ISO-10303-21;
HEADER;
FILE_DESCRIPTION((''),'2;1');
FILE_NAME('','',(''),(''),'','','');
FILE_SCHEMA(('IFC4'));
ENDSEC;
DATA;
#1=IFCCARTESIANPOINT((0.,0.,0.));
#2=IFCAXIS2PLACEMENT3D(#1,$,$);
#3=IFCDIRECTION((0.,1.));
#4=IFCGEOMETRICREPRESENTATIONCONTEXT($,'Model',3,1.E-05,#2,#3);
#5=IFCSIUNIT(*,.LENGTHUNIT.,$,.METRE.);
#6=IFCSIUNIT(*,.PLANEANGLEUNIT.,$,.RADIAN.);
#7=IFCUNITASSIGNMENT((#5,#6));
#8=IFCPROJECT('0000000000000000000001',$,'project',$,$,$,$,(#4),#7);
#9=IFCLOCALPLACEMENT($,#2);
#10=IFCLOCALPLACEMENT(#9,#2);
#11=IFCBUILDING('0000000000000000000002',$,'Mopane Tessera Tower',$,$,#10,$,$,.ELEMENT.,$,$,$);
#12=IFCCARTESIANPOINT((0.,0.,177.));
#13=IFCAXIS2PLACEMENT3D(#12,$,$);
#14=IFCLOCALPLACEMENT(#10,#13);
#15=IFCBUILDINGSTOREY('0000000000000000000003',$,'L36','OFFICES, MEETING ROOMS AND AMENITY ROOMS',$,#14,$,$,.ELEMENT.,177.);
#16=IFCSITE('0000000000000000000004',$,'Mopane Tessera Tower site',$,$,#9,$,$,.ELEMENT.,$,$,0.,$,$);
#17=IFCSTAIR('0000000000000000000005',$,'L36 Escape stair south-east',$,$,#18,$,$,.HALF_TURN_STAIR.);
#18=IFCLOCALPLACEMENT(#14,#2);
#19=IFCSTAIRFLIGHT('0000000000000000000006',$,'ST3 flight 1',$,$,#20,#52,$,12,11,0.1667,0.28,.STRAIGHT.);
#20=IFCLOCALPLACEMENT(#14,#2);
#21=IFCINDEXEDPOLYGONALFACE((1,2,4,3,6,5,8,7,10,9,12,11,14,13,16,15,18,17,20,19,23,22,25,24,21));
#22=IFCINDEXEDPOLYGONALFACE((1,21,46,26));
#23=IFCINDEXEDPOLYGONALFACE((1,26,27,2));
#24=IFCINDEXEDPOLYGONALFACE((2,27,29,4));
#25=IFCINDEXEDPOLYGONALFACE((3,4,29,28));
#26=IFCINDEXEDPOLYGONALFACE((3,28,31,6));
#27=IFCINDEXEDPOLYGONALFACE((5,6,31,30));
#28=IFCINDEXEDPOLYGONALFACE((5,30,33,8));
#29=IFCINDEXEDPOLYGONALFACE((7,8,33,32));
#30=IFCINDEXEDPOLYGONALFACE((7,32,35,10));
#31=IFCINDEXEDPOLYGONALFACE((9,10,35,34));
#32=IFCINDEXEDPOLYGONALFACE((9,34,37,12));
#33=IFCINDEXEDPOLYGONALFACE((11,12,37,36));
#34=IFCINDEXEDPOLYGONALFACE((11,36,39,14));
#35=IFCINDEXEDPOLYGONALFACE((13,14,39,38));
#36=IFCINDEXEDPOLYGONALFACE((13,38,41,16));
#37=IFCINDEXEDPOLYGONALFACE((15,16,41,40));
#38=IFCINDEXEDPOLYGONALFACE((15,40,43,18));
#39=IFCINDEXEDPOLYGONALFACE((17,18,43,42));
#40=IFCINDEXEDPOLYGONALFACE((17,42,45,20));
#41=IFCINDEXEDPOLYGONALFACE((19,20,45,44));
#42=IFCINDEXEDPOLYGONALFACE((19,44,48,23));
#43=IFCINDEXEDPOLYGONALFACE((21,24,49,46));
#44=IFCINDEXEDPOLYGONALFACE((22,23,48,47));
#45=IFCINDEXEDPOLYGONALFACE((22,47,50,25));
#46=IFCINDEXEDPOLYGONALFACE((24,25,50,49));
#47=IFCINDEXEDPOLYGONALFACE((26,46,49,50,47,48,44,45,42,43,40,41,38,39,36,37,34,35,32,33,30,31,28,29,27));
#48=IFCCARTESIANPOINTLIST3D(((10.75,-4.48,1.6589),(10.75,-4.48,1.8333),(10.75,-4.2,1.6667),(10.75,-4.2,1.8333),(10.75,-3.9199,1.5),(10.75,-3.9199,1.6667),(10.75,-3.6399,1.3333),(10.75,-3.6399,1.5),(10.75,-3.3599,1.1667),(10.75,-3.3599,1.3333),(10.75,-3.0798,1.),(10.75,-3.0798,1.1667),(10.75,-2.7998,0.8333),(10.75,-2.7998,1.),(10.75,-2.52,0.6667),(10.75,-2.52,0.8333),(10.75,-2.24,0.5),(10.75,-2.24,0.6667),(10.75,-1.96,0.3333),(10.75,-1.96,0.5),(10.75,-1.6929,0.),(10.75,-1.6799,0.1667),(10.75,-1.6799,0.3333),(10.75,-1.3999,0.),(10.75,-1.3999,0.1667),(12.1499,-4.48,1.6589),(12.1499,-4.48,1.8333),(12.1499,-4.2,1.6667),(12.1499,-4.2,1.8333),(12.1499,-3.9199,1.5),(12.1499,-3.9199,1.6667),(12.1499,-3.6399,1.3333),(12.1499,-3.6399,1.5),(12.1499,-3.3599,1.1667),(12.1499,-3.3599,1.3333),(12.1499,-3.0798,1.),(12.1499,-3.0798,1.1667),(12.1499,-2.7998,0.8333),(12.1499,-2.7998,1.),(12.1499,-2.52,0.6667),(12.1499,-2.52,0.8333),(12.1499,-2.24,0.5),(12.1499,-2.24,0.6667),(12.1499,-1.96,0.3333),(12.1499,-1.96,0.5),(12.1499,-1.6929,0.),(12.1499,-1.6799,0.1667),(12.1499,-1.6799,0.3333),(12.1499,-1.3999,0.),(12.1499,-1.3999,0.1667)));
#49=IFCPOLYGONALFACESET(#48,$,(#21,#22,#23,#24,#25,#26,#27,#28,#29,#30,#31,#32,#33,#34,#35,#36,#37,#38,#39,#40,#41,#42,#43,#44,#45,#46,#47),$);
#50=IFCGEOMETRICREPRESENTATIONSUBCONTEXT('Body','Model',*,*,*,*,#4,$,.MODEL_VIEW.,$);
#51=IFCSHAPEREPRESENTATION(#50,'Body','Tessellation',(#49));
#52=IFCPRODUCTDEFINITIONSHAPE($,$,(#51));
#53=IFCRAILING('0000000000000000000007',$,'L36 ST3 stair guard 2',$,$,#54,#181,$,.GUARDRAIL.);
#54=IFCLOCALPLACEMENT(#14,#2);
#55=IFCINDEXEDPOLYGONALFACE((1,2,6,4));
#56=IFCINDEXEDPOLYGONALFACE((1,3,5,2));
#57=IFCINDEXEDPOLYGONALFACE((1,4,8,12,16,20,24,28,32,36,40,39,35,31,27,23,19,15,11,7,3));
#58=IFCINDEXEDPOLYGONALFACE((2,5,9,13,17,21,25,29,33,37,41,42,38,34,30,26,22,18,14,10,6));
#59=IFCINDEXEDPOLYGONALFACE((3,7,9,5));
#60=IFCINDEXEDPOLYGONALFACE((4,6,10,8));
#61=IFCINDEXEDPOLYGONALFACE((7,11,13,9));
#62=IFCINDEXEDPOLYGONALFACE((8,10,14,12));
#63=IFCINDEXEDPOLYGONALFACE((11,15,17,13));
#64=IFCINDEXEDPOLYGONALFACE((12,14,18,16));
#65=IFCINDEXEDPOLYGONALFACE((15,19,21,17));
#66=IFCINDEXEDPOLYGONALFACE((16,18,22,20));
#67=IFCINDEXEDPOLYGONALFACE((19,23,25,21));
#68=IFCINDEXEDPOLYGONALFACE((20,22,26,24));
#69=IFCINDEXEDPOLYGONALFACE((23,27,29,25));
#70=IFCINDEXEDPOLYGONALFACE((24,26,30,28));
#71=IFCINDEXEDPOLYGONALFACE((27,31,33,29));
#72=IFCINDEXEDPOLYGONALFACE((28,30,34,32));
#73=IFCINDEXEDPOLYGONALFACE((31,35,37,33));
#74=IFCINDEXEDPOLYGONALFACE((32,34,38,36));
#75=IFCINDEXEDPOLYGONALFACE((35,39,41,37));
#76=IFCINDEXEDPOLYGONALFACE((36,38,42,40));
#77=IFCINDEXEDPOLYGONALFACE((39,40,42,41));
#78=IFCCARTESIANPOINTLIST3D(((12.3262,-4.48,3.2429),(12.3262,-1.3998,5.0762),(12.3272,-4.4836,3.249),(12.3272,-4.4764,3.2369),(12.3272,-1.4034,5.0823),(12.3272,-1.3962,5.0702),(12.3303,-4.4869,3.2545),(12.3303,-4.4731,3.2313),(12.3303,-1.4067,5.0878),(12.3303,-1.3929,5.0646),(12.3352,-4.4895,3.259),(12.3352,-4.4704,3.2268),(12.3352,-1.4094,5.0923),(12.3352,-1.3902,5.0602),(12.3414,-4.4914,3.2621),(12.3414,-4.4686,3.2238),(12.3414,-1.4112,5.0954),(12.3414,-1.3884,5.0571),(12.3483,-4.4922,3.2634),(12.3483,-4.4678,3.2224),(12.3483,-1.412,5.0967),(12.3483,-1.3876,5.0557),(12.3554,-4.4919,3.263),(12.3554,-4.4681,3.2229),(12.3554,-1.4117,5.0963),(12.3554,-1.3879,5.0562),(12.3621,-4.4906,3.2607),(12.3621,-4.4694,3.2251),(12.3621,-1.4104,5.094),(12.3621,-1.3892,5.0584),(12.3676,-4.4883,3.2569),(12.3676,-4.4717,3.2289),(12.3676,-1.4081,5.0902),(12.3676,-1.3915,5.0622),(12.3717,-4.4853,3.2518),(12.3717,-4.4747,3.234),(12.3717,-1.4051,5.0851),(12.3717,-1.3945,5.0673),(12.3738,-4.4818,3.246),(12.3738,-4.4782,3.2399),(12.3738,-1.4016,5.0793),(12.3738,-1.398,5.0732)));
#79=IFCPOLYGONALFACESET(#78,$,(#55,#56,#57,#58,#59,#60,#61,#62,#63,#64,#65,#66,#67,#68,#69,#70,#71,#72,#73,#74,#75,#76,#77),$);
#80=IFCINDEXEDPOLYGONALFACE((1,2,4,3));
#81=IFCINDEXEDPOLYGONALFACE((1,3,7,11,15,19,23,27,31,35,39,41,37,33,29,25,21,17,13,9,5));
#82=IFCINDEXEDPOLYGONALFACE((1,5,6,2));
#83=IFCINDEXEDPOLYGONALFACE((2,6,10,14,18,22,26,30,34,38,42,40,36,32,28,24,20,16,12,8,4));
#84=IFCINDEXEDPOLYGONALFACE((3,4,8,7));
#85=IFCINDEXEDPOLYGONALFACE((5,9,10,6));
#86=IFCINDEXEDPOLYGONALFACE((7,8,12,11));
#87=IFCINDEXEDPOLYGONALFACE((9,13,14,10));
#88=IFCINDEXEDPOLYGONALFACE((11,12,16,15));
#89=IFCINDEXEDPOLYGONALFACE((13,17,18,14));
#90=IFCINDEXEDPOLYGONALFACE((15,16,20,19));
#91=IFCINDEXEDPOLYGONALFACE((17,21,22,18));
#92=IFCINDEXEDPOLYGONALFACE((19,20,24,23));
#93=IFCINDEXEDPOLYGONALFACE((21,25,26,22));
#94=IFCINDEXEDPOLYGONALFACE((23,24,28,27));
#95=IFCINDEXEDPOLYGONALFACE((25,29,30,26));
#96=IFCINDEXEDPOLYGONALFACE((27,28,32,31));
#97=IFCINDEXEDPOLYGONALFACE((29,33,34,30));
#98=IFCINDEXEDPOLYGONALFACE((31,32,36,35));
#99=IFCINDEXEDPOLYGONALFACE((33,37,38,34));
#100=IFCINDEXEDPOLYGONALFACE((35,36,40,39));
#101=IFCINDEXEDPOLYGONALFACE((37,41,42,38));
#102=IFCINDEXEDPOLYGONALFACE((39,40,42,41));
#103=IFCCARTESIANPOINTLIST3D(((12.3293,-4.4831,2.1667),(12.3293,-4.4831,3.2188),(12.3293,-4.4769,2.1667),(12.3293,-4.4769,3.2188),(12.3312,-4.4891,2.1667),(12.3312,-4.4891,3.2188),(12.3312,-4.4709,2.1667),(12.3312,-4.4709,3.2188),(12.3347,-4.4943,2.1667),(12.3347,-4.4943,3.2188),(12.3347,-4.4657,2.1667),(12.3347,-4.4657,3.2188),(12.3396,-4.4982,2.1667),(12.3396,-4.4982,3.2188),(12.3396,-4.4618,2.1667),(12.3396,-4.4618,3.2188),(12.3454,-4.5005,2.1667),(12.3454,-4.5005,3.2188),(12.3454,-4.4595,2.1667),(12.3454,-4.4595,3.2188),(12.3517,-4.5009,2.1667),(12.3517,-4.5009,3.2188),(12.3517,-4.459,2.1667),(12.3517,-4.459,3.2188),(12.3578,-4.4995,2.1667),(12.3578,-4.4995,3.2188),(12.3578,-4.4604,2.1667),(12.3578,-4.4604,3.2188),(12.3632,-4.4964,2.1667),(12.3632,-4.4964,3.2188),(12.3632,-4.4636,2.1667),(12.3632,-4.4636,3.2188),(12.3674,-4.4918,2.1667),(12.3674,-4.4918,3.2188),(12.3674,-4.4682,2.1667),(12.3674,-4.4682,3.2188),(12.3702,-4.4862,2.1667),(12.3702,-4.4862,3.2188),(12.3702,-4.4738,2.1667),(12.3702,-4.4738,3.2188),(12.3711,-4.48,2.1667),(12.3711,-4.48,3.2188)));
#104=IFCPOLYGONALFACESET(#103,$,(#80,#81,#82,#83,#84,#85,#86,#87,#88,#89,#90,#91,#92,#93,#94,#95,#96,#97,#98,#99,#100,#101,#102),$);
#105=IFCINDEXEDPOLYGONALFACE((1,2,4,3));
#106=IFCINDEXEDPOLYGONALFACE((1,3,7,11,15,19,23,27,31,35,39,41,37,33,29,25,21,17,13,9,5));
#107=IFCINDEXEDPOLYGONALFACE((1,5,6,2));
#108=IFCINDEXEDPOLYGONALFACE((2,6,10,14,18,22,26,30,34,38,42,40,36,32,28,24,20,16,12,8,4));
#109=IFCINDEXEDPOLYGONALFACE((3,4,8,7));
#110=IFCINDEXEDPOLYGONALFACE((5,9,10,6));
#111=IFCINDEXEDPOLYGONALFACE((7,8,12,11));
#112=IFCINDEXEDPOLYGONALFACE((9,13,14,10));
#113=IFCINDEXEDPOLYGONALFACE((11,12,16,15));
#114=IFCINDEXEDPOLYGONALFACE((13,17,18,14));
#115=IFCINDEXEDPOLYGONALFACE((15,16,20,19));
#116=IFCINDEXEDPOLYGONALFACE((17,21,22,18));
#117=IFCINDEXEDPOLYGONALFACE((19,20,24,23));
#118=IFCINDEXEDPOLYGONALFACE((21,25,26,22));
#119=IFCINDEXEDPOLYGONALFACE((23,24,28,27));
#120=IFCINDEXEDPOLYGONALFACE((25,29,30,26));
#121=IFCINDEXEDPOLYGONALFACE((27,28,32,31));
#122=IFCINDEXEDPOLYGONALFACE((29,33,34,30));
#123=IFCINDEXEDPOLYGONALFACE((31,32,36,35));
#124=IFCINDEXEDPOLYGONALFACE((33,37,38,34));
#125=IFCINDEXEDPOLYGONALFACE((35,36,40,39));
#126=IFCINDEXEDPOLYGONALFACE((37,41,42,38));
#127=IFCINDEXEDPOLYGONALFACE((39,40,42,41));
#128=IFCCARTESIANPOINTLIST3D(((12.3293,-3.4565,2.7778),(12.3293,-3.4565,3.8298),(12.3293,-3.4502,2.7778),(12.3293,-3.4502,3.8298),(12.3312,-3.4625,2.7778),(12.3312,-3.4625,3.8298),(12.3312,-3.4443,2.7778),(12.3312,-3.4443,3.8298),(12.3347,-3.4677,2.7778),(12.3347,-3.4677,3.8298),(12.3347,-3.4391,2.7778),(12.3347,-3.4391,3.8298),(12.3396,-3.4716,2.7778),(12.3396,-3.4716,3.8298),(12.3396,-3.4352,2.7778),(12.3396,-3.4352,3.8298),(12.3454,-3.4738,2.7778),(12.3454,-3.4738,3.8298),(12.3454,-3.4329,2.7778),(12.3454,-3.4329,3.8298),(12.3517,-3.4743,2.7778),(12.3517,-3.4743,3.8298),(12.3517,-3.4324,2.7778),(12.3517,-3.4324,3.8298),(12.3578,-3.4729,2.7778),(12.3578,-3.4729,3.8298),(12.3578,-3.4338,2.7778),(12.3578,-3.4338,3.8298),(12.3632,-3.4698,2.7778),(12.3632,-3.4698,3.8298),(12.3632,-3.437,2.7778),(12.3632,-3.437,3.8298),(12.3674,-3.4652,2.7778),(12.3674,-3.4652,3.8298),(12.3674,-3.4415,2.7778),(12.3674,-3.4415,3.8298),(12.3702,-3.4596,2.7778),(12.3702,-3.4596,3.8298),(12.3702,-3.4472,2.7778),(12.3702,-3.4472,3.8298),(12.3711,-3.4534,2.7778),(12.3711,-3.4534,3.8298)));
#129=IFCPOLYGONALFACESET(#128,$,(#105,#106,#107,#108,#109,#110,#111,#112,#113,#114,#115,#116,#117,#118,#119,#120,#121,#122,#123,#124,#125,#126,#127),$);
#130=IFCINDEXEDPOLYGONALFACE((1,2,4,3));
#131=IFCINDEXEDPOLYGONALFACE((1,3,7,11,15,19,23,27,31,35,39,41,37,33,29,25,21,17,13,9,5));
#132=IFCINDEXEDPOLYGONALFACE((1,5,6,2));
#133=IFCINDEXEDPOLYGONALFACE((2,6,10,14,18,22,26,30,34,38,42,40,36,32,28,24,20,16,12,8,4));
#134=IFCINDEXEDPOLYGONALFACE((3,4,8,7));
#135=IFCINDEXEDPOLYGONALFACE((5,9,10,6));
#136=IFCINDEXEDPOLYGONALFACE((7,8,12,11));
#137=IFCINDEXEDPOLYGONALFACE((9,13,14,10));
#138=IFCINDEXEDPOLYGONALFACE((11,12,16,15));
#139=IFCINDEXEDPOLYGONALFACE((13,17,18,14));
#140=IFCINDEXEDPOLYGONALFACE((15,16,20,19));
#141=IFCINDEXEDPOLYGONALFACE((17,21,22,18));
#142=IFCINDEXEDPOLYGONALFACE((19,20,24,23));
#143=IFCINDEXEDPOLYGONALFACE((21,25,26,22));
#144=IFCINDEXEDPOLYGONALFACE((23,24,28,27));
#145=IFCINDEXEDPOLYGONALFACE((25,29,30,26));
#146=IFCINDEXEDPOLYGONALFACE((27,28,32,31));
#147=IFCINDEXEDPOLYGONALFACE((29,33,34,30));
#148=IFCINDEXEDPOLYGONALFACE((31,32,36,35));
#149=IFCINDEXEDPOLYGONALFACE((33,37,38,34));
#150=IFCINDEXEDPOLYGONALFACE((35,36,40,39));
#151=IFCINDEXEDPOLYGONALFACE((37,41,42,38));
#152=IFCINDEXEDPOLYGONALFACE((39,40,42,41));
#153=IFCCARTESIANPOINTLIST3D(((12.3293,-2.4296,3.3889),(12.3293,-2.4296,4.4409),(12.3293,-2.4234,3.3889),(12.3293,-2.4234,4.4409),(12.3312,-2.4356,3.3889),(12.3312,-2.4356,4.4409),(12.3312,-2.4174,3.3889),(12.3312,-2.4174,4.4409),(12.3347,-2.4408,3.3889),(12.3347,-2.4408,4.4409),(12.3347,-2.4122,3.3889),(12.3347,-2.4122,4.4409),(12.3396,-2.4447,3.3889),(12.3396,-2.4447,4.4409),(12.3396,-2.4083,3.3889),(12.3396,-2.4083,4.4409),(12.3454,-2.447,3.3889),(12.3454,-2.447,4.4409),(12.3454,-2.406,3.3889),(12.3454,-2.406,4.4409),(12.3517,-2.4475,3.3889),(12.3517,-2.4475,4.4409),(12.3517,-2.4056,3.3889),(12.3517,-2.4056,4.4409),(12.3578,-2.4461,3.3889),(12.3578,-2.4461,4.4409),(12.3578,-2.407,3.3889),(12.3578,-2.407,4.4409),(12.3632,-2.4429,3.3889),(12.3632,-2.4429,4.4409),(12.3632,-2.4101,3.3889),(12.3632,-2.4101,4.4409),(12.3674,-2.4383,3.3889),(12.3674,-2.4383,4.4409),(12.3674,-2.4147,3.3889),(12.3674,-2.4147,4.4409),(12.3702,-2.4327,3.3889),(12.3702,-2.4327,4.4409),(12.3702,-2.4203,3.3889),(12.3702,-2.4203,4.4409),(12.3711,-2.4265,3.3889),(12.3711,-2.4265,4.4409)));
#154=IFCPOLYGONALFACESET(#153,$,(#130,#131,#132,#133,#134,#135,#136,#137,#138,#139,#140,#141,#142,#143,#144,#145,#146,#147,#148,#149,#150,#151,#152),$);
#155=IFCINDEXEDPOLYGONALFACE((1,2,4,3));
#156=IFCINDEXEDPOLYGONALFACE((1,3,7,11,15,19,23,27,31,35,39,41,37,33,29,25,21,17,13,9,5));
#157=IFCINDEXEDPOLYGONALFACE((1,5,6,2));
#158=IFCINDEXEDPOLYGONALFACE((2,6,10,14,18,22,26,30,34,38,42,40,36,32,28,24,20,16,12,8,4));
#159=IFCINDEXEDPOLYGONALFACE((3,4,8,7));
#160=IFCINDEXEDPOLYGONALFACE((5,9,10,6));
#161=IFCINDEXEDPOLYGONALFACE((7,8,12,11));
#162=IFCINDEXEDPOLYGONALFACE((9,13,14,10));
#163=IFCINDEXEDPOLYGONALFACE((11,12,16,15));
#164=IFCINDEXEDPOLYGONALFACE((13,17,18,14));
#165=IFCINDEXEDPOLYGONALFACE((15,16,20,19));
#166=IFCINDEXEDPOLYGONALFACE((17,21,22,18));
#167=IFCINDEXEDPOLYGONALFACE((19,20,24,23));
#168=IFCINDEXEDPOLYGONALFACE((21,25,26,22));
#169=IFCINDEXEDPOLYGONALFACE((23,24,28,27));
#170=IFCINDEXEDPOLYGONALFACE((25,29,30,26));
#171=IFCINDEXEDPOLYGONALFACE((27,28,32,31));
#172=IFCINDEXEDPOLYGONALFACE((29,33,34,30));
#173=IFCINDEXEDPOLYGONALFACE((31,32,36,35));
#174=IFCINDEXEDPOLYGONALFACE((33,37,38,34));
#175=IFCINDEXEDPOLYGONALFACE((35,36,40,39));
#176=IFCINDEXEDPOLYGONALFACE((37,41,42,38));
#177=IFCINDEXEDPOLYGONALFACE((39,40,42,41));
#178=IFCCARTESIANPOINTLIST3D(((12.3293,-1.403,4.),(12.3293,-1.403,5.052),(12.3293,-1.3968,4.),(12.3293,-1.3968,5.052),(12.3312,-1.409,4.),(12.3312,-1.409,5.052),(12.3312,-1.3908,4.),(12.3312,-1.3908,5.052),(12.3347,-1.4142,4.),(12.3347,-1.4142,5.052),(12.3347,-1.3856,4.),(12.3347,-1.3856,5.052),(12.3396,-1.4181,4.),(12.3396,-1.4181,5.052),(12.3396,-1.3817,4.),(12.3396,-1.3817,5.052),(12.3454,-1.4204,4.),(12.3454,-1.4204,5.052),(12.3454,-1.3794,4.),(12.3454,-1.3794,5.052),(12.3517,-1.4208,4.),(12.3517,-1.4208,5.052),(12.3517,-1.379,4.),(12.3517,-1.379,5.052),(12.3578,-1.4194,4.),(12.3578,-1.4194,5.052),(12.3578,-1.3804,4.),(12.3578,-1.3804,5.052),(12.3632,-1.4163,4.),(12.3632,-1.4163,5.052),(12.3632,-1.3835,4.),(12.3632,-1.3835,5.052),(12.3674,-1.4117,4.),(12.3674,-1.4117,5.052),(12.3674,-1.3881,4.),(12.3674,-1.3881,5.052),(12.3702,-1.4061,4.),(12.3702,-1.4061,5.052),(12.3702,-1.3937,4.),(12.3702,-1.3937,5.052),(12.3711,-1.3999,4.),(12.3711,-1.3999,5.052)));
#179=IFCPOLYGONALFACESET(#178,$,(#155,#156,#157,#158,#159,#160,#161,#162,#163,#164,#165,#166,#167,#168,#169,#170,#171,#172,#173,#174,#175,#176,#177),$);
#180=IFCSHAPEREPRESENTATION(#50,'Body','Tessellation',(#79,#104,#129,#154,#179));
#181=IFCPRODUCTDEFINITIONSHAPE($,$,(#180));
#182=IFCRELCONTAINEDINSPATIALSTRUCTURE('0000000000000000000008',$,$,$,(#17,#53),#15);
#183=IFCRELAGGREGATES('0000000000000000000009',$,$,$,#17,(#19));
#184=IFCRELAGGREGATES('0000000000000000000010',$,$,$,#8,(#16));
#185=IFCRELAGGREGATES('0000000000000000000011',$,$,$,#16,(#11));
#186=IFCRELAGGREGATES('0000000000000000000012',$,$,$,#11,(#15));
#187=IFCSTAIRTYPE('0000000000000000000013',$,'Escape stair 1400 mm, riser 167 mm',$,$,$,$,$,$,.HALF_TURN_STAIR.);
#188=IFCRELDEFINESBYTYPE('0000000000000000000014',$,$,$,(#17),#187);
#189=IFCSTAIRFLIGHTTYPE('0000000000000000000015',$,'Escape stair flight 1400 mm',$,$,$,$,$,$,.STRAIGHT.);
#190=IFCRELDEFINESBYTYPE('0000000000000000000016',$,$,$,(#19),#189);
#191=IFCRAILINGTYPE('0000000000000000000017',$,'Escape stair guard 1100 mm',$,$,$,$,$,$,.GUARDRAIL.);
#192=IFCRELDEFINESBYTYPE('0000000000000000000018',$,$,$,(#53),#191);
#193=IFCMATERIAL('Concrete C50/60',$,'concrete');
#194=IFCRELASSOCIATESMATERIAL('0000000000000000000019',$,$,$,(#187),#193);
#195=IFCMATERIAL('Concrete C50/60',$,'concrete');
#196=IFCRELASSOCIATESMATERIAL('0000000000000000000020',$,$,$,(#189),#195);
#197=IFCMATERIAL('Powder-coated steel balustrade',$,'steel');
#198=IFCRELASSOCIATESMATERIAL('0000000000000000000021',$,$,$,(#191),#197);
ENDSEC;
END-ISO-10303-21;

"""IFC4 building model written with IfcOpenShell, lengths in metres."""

from ifc_helpers import new_model, si_unit, direction, frame, origin, origin_2d, place, context, subcontext, project, spatial, polyline, circle, outline, extrude, material, type_object, element, aggregate, save


model = new_model("IFC4")

# Units and contexts
model_context = context("Model", 3, precision=1e-05, world=origin(), true_north=direction((0.0, 1.0)))
body_context = subcontext(model_context, "Body", "Model", "MODEL_VIEW")
ifc_project = project(units=[si_unit("LENGTHUNIT", "METRE"), si_unit("PLANEANGLEUNIT", "RADIAN")], contexts=[model_context])

# Site, building, storey
site_placement = place(None, origin())
site = spatial("IfcSite", under=ifc_project, at=site_placement, Name="Mopane Tessera Tower site", CompositionType="ELEMENT", RefElevation=0.0)
building_placement = place(site_placement, origin())
building = spatial("IfcBuilding", under=site, at=building_placement, Name="Mopane Tessera Tower", CompositionType="ELEMENT")
storey_placement = place(building_placement, frame((0.0, 0.0, 177.0)))
storey = spatial("IfcBuildingStorey", under=building, at=storey_placement, Name="L36", Description="OFFICES, MEETING ROOMS AND AMENITY ROOMS", CompositionType="ELEMENT", Elevation=177.0)

# Stair, stair flight
ifc_material_1 = material(Name="Concrete C50/60", Category="concrete")
stair_type = type_object("IfcStairType", Name="Escape stair 1400 mm, riser 167 mm", PredefinedType="HALF_TURN_STAIR", material=ifc_material_1)
stair_placement = place(storey_placement, origin())
stair = element("IfcStair", 1, at=stair_placement, inside=storey, type_object=stair_type, Name="L36 Escape stair south-east", PredefinedType="HALF_TURN_STAIR")
ifc_material_2 = material(Name="Concrete C50/60", Category="concrete")
stair_flight_type = type_object("IfcStairFlightType", Name="Escape stair flight 1400 mm", PredefinedType="STRAIGHT", material=ifc_material_2)
stair_flight_placement = place(storey_placement, frame((11.45, -1.3999, 0.0), z_axis=(0.0, 0.0, 1.0), x_axis=(0.0, -1.0, 0.0)))
stair_flight = element("IfcStairFlight", 2, at=stair_flight_placement, type_object=stair_flight_type, Name="ST3 flight 1", NumberOfRisers=12, NumberOfTreads=11, PredefinedType="STRAIGHT", RiserHeight=0.1667, TreadLength=0.28, context=body_context, shape_type="SweptSolid", body=[
    extrude(outline(polyline([(0.0, 0.0), (0.0, 0.1667), (0.28, 0.1667), (0.28, 0.3333), (0.5601, 0.3333), (0.5601, 0.5), (0.8401, 0.5), (0.8401, 0.6667), (1.1201, 0.6667), (1.1201, 0.8333), (1.3999, 0.8333), (1.3999, 1.0), (1.6799, 1.0), (1.6799, 1.1667), (1.96, 1.1667), (1.96, 1.3333), (2.24, 1.3333), (2.24, 1.5), (2.52, 1.5), (2.52, 1.6667), (2.8, 1.6667), (2.8, 1.8333), (3.0801, 1.8333), (3.0801, 2.0), (3.0801, 1.6589), (0.293, 0.0), (0.0, 0.0)])), frame((0.0, 0.7, 0.0), z_axis=(0.0, -1.0, 0.0), x_axis=(1.0, 0.0, 0.0)), (0.0, 0.0, 1.0), 1.3999),
])
aggregate(stair, [stair_flight])

# Railing
ifc_material_3 = material(Name="Powder-coated steel balustrade", Category="steel")
railing_type_1 = type_object("IfcRailingType", Name="Escape stair guard 1100 mm", PredefinedType="GUARDRAIL", material=ifc_material_3)
railing_1_placement = place(storey_placement, frame((12.3501, -4.48, 2.1667)))
element("IfcRailing", 3, at=railing_1_placement, inside=storey, type_object=railing_type_1, Name="L36 ST3 stair guard 2", PredefinedType="GUARDRAIL", context=body_context, shape_type="SweptSolid", body=[
    extrude(circle(Radius=0.0239, at=origin_2d()), frame((0.0, 0.0, 1.0762), z_axis=(0.0, 0.859309, 0.511458), x_axis=(-1.0, 0.0, 0.0)), (0.0, 0.0, 1.0), 3.5845),
    extrude(circle(Radius=0.021, at=origin_2d()), origin(), (0.0, 0.0, 1.0), 1.052),
    extrude(circle(Radius=0.021, at=origin_2d()), frame((0.0, 1.0266, 0.6111)), (0.0, 0.0, 1.0), 1.052),
    extrude(circle(Radius=0.021, at=origin_2d()), frame((0.0, 2.0535, 1.2222)), (0.0, 0.0, 1.0), 1.052),
    extrude(circle(Radius=0.021, at=origin_2d()), frame((0.0, 3.0801, 1.8333)), (0.0, 0.0, 1.0), 1.052),
])

save(model, "model.ifc")
